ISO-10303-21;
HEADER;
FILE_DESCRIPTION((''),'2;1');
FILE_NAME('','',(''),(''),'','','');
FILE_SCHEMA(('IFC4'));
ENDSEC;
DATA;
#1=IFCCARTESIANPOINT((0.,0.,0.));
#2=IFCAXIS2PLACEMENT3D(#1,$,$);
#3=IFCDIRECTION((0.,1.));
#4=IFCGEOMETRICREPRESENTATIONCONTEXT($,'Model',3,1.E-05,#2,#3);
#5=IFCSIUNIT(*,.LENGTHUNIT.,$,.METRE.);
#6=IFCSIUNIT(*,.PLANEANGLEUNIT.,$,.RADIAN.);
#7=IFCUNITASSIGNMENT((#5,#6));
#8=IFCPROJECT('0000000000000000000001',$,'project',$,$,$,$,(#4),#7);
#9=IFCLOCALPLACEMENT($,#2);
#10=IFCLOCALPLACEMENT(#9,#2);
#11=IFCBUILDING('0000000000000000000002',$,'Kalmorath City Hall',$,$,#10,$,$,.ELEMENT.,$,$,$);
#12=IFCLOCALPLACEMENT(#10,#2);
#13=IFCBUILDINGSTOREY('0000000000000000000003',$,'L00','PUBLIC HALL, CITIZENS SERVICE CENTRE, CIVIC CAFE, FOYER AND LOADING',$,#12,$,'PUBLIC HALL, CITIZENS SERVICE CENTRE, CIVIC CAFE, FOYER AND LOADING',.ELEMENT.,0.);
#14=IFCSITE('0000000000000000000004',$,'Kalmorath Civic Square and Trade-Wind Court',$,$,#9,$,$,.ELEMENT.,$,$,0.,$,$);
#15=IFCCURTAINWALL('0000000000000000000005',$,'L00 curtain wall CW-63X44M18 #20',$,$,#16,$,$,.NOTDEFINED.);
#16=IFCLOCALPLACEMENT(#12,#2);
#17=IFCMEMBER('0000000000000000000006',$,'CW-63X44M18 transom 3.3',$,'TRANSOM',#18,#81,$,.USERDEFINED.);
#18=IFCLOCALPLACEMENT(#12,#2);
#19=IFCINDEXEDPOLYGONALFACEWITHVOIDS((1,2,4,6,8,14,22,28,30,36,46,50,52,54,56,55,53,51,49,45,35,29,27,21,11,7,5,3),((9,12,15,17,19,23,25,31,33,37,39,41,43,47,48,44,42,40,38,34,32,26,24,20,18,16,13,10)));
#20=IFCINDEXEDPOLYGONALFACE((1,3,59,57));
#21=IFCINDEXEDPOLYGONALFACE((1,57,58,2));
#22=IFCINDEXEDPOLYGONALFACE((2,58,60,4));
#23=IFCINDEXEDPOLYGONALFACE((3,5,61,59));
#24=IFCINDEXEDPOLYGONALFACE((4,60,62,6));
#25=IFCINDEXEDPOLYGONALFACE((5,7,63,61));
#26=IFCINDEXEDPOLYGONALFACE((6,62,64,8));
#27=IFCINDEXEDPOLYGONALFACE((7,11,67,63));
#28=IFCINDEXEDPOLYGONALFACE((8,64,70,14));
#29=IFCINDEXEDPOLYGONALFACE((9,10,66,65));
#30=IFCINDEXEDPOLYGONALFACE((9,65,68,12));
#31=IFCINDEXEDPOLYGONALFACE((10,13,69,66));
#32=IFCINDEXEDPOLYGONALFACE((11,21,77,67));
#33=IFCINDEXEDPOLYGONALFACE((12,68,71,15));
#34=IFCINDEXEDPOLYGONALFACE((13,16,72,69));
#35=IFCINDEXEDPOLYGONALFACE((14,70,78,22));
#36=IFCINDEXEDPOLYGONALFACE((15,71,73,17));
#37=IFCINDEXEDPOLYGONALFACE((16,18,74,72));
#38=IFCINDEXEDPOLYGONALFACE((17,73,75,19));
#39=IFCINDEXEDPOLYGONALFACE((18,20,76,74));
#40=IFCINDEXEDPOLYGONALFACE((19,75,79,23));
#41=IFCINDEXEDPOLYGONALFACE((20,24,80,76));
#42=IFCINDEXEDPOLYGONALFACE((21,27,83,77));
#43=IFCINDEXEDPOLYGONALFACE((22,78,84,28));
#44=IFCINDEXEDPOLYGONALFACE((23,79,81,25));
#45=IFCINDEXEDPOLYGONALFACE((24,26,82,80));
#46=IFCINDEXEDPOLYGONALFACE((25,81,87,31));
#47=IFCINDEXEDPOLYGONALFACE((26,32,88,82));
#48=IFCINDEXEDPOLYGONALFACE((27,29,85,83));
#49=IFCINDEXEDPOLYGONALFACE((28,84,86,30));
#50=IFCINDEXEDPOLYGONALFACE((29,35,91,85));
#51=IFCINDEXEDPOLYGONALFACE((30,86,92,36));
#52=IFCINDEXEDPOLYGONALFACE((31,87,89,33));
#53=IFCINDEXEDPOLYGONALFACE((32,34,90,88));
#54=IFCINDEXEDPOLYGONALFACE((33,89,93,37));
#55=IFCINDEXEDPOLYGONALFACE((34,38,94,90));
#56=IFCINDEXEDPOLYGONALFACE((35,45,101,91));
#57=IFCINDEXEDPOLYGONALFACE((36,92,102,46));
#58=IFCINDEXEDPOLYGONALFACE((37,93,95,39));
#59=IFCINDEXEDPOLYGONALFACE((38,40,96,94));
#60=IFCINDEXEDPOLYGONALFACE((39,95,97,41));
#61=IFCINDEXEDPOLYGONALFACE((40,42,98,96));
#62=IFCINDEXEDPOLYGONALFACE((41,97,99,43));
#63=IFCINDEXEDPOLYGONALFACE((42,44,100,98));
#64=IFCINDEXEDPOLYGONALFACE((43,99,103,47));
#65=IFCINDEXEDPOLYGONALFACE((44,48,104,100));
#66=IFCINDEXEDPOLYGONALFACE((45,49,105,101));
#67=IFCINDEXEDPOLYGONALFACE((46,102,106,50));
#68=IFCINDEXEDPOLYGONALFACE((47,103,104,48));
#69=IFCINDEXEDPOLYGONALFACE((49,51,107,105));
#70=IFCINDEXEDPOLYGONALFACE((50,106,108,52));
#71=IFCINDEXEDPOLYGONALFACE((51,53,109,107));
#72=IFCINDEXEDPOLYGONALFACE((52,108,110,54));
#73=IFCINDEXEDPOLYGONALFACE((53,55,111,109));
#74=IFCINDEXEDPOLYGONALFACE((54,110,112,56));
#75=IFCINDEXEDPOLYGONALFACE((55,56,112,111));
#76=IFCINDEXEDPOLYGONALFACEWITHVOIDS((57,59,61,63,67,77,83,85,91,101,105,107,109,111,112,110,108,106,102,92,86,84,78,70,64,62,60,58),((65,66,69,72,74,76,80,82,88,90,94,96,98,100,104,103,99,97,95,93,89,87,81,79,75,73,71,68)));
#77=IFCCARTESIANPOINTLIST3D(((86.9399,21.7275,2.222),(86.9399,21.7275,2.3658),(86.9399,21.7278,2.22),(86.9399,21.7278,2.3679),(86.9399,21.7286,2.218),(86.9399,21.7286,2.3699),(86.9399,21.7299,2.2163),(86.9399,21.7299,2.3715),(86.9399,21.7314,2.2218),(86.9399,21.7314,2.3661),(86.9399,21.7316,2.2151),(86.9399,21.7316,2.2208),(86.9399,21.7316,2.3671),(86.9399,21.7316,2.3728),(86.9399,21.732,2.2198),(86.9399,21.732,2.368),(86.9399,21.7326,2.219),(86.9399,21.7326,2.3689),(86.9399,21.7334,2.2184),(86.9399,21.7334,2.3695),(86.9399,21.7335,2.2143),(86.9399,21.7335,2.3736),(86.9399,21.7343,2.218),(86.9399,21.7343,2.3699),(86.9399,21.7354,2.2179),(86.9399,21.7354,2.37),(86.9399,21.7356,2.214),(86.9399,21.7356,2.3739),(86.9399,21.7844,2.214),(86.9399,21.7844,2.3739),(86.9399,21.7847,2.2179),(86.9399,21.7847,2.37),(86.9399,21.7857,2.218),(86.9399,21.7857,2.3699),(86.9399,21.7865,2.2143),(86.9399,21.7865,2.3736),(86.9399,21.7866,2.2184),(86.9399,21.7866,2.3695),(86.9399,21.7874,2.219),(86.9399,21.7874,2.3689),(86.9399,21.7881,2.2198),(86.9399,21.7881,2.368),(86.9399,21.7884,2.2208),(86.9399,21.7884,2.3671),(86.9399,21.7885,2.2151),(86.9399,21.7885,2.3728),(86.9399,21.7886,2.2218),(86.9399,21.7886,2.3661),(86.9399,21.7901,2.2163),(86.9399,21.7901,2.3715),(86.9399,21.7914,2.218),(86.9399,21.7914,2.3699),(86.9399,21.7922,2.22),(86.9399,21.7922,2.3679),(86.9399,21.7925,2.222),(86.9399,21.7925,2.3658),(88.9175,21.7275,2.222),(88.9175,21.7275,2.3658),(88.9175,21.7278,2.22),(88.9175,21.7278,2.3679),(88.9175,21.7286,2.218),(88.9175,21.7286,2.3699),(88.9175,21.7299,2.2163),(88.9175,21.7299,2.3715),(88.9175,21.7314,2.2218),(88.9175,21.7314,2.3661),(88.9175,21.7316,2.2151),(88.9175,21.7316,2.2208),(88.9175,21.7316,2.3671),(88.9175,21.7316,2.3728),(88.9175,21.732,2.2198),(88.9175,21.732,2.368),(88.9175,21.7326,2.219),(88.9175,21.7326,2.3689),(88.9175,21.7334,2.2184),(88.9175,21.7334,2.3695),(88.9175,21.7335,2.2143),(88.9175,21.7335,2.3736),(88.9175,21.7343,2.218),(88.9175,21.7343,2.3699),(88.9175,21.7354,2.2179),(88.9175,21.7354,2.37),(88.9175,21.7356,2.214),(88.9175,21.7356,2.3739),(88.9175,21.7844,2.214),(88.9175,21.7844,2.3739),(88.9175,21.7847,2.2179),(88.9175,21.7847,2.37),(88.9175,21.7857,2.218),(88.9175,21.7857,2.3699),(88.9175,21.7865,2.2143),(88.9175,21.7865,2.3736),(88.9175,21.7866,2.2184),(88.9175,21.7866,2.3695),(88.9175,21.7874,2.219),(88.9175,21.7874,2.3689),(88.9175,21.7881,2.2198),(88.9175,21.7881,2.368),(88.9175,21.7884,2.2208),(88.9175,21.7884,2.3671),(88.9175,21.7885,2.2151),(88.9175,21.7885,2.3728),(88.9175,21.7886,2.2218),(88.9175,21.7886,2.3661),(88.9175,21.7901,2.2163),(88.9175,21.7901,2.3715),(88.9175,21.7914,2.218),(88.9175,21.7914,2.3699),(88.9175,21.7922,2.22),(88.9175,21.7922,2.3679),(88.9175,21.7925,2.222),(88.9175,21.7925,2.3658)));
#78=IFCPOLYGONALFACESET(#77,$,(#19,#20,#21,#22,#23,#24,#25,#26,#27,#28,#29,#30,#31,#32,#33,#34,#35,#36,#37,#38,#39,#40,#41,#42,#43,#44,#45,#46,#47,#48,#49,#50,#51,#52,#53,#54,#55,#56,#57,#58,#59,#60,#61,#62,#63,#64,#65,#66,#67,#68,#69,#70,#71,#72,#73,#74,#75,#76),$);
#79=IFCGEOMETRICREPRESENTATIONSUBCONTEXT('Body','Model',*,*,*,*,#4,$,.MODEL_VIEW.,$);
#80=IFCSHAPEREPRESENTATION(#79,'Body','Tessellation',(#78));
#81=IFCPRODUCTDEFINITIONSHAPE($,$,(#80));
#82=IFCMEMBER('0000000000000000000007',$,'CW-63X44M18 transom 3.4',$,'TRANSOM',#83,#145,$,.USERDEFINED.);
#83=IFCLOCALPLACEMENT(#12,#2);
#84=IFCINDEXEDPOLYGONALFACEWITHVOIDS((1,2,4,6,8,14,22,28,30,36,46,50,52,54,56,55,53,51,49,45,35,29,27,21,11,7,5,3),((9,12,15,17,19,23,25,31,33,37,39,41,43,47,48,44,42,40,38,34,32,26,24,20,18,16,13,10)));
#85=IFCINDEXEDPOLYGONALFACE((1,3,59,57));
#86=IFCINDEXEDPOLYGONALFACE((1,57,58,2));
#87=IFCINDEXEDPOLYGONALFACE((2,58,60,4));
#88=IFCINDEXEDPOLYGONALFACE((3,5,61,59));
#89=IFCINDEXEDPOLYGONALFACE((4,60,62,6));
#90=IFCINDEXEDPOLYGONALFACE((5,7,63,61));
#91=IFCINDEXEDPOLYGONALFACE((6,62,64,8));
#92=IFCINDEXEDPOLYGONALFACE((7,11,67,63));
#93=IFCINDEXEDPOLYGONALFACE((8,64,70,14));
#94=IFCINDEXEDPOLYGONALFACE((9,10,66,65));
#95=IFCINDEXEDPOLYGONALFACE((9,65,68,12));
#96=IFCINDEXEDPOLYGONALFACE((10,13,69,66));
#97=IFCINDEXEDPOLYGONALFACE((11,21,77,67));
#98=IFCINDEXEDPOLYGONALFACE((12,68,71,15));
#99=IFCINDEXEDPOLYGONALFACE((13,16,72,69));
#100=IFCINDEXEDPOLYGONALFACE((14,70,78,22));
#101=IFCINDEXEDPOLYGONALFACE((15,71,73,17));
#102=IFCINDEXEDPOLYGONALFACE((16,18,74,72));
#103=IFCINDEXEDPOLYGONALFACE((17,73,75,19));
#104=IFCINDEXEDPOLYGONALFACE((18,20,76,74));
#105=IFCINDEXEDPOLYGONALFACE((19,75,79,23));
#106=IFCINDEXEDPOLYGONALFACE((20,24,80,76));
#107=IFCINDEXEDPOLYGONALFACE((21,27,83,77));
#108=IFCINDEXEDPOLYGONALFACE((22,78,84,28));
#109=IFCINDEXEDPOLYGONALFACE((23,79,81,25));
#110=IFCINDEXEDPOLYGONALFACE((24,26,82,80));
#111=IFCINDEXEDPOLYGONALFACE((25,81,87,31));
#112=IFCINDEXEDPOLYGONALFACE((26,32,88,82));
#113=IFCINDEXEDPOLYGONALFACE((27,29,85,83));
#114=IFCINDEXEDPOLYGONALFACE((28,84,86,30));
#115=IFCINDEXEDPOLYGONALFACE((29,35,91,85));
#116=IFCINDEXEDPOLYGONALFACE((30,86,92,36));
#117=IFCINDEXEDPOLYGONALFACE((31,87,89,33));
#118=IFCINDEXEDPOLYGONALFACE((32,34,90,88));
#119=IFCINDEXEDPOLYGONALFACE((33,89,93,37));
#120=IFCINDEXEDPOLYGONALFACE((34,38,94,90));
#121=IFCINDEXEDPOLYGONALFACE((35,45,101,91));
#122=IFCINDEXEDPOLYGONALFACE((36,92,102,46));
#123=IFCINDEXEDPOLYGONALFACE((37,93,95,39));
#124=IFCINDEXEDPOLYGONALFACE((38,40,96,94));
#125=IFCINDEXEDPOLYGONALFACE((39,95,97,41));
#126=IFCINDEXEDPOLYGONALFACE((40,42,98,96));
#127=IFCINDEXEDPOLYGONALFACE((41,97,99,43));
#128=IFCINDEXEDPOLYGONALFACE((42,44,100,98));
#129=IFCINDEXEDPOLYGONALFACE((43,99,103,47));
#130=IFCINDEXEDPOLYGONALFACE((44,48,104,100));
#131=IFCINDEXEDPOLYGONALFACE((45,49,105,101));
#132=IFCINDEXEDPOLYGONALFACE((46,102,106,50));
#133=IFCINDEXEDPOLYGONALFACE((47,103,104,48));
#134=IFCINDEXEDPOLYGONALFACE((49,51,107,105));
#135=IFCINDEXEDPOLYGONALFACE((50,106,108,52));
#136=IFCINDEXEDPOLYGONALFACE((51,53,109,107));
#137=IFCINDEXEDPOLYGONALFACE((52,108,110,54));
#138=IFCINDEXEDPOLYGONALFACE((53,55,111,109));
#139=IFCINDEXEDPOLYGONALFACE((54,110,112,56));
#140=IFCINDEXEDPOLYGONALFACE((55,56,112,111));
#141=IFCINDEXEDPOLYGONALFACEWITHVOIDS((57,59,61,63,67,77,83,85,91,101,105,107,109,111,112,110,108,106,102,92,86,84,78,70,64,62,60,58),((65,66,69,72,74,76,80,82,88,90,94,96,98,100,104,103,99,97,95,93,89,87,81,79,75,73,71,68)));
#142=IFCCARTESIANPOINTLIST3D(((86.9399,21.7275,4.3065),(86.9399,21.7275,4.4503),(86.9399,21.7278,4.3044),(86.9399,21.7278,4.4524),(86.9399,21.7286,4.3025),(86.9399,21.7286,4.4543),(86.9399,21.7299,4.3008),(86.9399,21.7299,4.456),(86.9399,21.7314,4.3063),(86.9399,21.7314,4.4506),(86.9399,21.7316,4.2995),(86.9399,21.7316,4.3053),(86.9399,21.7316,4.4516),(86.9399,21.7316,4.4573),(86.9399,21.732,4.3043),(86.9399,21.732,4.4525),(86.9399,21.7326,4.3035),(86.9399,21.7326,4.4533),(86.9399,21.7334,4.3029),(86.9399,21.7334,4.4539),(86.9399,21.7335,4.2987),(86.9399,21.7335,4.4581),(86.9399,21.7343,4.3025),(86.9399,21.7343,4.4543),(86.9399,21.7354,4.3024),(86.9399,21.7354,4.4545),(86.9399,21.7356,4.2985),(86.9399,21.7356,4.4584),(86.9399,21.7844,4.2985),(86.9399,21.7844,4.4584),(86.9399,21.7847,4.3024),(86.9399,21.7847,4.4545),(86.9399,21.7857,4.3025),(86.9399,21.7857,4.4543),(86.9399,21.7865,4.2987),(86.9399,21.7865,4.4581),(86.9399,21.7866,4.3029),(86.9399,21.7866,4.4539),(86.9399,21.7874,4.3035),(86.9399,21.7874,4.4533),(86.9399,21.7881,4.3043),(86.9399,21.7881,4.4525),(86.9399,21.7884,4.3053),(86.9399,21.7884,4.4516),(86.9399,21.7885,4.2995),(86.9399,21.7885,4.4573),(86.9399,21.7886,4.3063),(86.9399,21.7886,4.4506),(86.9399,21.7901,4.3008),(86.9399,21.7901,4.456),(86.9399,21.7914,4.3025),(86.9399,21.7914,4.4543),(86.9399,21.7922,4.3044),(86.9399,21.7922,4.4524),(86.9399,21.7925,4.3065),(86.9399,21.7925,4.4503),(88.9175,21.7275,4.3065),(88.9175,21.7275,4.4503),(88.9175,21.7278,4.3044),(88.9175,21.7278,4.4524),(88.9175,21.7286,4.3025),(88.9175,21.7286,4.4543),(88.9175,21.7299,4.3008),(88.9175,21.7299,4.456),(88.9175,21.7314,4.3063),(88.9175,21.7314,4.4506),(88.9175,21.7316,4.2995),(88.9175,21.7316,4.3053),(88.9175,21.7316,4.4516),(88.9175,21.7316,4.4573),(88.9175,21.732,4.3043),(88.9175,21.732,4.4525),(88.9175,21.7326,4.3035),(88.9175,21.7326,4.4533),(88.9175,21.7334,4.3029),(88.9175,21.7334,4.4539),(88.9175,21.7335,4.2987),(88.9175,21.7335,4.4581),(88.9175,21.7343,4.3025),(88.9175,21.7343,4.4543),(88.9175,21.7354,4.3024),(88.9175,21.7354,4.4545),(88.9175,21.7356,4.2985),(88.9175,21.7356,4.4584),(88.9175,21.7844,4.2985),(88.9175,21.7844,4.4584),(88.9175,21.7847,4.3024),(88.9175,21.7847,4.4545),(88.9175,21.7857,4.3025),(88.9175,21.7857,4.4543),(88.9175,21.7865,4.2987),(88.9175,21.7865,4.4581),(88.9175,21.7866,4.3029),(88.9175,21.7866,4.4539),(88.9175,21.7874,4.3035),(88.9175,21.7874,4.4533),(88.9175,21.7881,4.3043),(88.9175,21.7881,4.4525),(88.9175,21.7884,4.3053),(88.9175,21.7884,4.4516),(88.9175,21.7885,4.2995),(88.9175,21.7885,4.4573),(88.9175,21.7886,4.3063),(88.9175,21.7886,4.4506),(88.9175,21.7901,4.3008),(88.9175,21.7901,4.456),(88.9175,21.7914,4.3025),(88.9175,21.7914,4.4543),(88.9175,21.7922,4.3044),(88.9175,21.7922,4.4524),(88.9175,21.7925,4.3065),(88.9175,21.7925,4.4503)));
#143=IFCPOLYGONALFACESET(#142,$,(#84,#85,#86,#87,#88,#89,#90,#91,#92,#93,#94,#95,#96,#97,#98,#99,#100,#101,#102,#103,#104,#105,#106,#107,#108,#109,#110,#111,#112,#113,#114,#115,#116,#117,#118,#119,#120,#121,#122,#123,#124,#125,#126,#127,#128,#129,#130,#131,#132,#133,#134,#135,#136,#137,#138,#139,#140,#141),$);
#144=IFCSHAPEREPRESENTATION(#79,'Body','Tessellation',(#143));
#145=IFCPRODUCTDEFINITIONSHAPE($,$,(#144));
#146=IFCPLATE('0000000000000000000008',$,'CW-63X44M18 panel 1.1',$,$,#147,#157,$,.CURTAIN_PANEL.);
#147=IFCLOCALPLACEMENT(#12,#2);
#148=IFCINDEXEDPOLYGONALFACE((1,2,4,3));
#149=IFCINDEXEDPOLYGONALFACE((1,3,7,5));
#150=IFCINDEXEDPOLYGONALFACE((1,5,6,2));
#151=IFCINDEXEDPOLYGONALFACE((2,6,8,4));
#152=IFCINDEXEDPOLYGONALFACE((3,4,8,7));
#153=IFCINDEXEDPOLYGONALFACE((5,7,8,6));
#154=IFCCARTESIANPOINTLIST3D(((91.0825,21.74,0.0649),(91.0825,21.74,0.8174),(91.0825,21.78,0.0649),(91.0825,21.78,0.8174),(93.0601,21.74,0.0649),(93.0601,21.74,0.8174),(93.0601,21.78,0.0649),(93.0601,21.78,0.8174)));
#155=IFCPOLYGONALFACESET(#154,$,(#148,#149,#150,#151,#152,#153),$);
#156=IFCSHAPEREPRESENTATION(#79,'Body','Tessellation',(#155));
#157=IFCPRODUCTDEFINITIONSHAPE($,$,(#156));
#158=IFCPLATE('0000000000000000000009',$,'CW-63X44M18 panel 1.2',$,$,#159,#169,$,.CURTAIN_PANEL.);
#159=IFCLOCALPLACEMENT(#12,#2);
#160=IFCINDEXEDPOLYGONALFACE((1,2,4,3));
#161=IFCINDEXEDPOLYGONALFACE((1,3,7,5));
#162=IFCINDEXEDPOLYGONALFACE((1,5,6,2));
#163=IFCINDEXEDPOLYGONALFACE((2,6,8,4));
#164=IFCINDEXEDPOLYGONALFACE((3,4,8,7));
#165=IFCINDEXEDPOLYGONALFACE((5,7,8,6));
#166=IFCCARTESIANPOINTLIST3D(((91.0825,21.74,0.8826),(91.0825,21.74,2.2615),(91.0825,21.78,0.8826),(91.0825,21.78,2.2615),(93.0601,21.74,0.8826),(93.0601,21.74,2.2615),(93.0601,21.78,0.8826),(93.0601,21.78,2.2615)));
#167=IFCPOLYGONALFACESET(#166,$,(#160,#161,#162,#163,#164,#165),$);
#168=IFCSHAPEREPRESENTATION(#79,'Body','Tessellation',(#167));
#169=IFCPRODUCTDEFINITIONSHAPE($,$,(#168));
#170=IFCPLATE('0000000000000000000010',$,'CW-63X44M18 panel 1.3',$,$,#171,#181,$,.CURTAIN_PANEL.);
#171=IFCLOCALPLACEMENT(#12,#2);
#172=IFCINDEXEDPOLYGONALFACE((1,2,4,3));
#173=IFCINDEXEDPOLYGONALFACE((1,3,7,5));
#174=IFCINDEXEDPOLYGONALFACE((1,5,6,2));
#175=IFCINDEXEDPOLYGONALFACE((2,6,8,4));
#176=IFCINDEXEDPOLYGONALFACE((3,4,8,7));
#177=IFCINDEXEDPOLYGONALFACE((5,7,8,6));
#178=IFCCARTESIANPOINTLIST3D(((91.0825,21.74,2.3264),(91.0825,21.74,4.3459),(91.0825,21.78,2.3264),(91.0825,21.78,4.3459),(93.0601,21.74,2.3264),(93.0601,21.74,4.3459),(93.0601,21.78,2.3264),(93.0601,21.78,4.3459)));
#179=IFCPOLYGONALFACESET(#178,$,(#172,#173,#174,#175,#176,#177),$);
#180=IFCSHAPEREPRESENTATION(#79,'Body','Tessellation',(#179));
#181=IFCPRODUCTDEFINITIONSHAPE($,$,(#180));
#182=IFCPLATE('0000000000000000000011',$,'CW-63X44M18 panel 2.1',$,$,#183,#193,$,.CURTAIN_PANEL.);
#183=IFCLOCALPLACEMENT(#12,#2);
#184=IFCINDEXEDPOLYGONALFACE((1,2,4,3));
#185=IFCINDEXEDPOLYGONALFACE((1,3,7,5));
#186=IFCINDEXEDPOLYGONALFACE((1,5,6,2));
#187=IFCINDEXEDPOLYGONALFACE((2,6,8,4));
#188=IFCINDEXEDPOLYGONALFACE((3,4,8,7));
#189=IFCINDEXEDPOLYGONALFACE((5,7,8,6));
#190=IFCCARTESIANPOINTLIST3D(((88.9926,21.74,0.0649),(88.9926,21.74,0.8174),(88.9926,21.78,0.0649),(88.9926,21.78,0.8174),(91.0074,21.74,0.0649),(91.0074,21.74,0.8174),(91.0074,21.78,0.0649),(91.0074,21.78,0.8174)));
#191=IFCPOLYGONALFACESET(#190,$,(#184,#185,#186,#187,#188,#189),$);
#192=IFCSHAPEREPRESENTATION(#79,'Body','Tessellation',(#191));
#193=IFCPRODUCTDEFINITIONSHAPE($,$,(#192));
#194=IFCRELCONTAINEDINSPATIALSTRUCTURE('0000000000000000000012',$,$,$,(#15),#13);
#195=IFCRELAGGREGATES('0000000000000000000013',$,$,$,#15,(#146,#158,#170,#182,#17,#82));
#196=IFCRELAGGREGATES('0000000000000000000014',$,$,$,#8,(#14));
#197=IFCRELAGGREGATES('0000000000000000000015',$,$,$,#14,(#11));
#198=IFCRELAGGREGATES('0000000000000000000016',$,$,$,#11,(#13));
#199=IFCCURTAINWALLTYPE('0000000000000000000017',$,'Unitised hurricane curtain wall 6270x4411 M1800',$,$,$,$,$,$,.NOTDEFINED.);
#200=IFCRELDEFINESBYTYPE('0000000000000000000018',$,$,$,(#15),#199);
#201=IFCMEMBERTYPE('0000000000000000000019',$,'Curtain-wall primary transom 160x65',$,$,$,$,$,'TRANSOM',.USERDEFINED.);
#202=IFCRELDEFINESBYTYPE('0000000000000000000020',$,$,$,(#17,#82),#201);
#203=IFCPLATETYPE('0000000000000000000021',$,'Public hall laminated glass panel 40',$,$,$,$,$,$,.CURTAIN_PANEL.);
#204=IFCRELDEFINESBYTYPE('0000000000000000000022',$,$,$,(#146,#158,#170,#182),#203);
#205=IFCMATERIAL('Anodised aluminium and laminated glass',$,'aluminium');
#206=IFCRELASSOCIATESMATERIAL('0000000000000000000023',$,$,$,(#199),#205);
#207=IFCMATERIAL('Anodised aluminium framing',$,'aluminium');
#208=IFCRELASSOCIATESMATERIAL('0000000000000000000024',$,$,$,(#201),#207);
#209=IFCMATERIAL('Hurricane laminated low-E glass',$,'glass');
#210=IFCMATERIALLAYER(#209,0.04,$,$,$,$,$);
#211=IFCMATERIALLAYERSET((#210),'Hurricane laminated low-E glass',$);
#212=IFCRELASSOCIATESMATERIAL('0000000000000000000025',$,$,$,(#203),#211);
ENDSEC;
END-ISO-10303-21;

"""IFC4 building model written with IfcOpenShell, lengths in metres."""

from ifc_helpers import new_model, si_unit, direction, frame, origin, origin_2d, place, context, subcontext, project, spatial, rectangle, hollow_rectangle, extrude, material, layer, layer_set, material_profile, profile_set, type_object, element, aggregate, save


model = new_model("IFC4")

# Units and contexts
model_context = context("Model", 3, precision=1e-05, world=origin(), true_north=direction((0.0, 1.0)))
body_context = subcontext(model_context, "Body", "Model", "MODEL_VIEW")
ifc_project = project(units=[si_unit("LENGTHUNIT", "METRE"), si_unit("PLANEANGLEUNIT", "RADIAN")], contexts=[model_context])

# Site, building, storey
site_placement = place(None, origin())
site = spatial("IfcSite", under=ifc_project, at=site_placement, Name="Kalmorath Civic Square and Trade-Wind Court", CompositionType="ELEMENT", RefElevation=0.0)
building_placement = place(site_placement, origin())
building = spatial("IfcBuilding", under=site, at=building_placement, Name="Kalmorath City Hall", CompositionType="ELEMENT")
storey_placement = place(building_placement, origin())
storey = spatial("IfcBuildingStorey", under=building, at=storey_placement, Name="L00", Description="PUBLIC HALL, CITIZENS SERVICE CENTRE, CIVIC CAFE, FOYER AND LOADING", LongName="PUBLIC HALL, CITIZENS SERVICE CENTRE, CIVIC CAFE, FOYER AND LOADING", CompositionType="ELEMENT", Elevation=0.0)

# Curtain wall, members, plates
ifc_material_1 = material(Name="Anodised aluminium and laminated glass", Category="aluminium")
curtain_wall_type = type_object("IfcCurtainWallType", Name="Unitised hurricane curtain wall 6270x4411 M1800", PredefinedType="NOTDEFINED", material=ifc_material_1)
curtain_wall_placement = place(storey_placement, origin())
curtain_wall = element("IfcCurtainWall", 1, at=curtain_wall_placement, inside=storey, type_object=curtain_wall_type, Name="L00 curtain wall CW-63X44M18 #20", PredefinedType="NOTDEFINED")
ifc_material_2 = material(Name="Anodised aluminium framing", Category="aluminium")
ifc_material_profile_1 = material_profile(ifc_material_2, hollow_rectangle(XDim=0.0649, YDim=0.1599, WallThickness=0.0039, InnerFilletRadius=0.0039, OuterFilletRadius=0.0081, at=origin_2d()), Name="ALU-TRN-160X65X4")
ifc_profile_set_1 = profile_set([ifc_material_profile_1], Name="Anodised aluminium framing")
member_type_1 = type_object("IfcMemberType", Name="Curtain-wall primary transom 160x65", ElementType="TRANSOM", PredefinedType="USERDEFINED", material=ifc_profile_set_1)
member_1_placement = place(storey_placement, frame((88.9175, 21.76, 2.2939), z_axis=(-1.0, 0.0, 0.0), x_axis=(0.0, -1.0, 0.0)))
member_1 = element("IfcMember", 2, at=member_1_placement, type_object=member_type_1, Name="CW-63X44M18 transom 3.3", ObjectType="TRANSOM", PredefinedType="USERDEFINED", context=body_context, shape_type="SweptSolid", body=[
    extrude(hollow_rectangle(XDim=0.0649, YDim=0.1599, WallThickness=0.0039, InnerFilletRadius=0.0039, OuterFilletRadius=0.0081, at=origin_2d()), origin(), (0.0, 0.0, 1.0), 1.9775),
])
member_2_placement = place(storey_placement, frame((88.9175, 21.76, 4.3784), z_axis=(-1.0, 0.0, 0.0), x_axis=(0.0, -1.0, 0.0)))
member_2 = element("IfcMember", 3, at=member_2_placement, type_object=member_type_1, Name="CW-63X44M18 transom 3.4", ObjectType="TRANSOM", PredefinedType="USERDEFINED", context=body_context, shape_type="SweptSolid", body=[
    extrude(hollow_rectangle(XDim=0.0649, YDim=0.1599, WallThickness=0.0039, InnerFilletRadius=0.0039, OuterFilletRadius=0.0081, at=origin_2d()), origin(), (0.0, 0.0, 1.0), 1.9775),
])
ifc_material_3 = material(Name="Hurricane laminated low-E glass", Category="glass")
ifc_layer_1 = layer(ifc_material_3, 0.04)
ifc_layer_set_1 = layer_set([ifc_layer_1], Name="Hurricane laminated low-E glass")
plate_type = type_object("IfcPlateType", Name="Public hall laminated glass panel 40", PredefinedType="CURTAIN_PANEL", material=ifc_layer_set_1)
plate_1_placement = place(storey_placement, frame((92.0713, 21.76, 0.0649), z_axis=(0.0, 0.0, 1.0), x_axis=(-1.0, 0.0, 0.0)))
plate_1 = element("IfcPlate", 4, at=plate_1_placement, type_object=plate_type, Name="CW-63X44M18 panel 1.1", PredefinedType="CURTAIN_PANEL", context=body_context, shape_type="SweptSolid", body=[
    extrude(rectangle(XDim=1.9775, YDim=0.04, at=origin_2d()), origin(), (0.0, 0.0, 1.0), 0.7524),
])
plate_2_placement = place(storey_placement, frame((92.0713, 21.76, 0.8826), z_axis=(0.0, 0.0, 1.0), x_axis=(-1.0, 0.0, 0.0)))
plate_2 = element("IfcPlate", 5, at=plate_2_placement, type_object=plate_type, Name="CW-63X44M18 panel 1.2", PredefinedType="CURTAIN_PANEL", context=body_context, shape_type="SweptSolid", body=[
    extrude(rectangle(XDim=1.9775, YDim=0.04, at=origin_2d()), origin(), (0.0, 0.0, 1.0), 1.3789),
])
plate_3_placement = place(storey_placement, frame((92.0713, 21.76, 2.3264), z_axis=(0.0, 0.0, 1.0), x_axis=(-1.0, 0.0, 0.0)))
plate_3 = element("IfcPlate", 6, at=plate_3_placement, type_object=plate_type, Name="CW-63X44M18 panel 1.3", PredefinedType="CURTAIN_PANEL", context=body_context, shape_type="SweptSolid", body=[
    extrude(rectangle(XDim=1.9775, YDim=0.04, at=origin_2d()), origin(), (0.0, 0.0, 1.0), 2.0195),
])
plate_4_placement = place(storey_placement, frame((90.0, 21.76, 0.0649), z_axis=(0.0, 0.0, 1.0), x_axis=(-1.0, 0.0, 0.0)))
plate_4 = element("IfcPlate", 7, at=plate_4_placement, type_object=plate_type, Name="CW-63X44M18 panel 2.1", PredefinedType="CURTAIN_PANEL", context=body_context, shape_type="SweptSolid", body=[
    extrude(rectangle(XDim=2.0149, YDim=0.04, at=origin_2d()), origin(), (0.0, 0.0, 1.0), 0.7524),
])
aggregate(curtain_wall, [plate_1, plate_2, plate_3, plate_4, member_1, member_2])

save(model, "model.ifc")
